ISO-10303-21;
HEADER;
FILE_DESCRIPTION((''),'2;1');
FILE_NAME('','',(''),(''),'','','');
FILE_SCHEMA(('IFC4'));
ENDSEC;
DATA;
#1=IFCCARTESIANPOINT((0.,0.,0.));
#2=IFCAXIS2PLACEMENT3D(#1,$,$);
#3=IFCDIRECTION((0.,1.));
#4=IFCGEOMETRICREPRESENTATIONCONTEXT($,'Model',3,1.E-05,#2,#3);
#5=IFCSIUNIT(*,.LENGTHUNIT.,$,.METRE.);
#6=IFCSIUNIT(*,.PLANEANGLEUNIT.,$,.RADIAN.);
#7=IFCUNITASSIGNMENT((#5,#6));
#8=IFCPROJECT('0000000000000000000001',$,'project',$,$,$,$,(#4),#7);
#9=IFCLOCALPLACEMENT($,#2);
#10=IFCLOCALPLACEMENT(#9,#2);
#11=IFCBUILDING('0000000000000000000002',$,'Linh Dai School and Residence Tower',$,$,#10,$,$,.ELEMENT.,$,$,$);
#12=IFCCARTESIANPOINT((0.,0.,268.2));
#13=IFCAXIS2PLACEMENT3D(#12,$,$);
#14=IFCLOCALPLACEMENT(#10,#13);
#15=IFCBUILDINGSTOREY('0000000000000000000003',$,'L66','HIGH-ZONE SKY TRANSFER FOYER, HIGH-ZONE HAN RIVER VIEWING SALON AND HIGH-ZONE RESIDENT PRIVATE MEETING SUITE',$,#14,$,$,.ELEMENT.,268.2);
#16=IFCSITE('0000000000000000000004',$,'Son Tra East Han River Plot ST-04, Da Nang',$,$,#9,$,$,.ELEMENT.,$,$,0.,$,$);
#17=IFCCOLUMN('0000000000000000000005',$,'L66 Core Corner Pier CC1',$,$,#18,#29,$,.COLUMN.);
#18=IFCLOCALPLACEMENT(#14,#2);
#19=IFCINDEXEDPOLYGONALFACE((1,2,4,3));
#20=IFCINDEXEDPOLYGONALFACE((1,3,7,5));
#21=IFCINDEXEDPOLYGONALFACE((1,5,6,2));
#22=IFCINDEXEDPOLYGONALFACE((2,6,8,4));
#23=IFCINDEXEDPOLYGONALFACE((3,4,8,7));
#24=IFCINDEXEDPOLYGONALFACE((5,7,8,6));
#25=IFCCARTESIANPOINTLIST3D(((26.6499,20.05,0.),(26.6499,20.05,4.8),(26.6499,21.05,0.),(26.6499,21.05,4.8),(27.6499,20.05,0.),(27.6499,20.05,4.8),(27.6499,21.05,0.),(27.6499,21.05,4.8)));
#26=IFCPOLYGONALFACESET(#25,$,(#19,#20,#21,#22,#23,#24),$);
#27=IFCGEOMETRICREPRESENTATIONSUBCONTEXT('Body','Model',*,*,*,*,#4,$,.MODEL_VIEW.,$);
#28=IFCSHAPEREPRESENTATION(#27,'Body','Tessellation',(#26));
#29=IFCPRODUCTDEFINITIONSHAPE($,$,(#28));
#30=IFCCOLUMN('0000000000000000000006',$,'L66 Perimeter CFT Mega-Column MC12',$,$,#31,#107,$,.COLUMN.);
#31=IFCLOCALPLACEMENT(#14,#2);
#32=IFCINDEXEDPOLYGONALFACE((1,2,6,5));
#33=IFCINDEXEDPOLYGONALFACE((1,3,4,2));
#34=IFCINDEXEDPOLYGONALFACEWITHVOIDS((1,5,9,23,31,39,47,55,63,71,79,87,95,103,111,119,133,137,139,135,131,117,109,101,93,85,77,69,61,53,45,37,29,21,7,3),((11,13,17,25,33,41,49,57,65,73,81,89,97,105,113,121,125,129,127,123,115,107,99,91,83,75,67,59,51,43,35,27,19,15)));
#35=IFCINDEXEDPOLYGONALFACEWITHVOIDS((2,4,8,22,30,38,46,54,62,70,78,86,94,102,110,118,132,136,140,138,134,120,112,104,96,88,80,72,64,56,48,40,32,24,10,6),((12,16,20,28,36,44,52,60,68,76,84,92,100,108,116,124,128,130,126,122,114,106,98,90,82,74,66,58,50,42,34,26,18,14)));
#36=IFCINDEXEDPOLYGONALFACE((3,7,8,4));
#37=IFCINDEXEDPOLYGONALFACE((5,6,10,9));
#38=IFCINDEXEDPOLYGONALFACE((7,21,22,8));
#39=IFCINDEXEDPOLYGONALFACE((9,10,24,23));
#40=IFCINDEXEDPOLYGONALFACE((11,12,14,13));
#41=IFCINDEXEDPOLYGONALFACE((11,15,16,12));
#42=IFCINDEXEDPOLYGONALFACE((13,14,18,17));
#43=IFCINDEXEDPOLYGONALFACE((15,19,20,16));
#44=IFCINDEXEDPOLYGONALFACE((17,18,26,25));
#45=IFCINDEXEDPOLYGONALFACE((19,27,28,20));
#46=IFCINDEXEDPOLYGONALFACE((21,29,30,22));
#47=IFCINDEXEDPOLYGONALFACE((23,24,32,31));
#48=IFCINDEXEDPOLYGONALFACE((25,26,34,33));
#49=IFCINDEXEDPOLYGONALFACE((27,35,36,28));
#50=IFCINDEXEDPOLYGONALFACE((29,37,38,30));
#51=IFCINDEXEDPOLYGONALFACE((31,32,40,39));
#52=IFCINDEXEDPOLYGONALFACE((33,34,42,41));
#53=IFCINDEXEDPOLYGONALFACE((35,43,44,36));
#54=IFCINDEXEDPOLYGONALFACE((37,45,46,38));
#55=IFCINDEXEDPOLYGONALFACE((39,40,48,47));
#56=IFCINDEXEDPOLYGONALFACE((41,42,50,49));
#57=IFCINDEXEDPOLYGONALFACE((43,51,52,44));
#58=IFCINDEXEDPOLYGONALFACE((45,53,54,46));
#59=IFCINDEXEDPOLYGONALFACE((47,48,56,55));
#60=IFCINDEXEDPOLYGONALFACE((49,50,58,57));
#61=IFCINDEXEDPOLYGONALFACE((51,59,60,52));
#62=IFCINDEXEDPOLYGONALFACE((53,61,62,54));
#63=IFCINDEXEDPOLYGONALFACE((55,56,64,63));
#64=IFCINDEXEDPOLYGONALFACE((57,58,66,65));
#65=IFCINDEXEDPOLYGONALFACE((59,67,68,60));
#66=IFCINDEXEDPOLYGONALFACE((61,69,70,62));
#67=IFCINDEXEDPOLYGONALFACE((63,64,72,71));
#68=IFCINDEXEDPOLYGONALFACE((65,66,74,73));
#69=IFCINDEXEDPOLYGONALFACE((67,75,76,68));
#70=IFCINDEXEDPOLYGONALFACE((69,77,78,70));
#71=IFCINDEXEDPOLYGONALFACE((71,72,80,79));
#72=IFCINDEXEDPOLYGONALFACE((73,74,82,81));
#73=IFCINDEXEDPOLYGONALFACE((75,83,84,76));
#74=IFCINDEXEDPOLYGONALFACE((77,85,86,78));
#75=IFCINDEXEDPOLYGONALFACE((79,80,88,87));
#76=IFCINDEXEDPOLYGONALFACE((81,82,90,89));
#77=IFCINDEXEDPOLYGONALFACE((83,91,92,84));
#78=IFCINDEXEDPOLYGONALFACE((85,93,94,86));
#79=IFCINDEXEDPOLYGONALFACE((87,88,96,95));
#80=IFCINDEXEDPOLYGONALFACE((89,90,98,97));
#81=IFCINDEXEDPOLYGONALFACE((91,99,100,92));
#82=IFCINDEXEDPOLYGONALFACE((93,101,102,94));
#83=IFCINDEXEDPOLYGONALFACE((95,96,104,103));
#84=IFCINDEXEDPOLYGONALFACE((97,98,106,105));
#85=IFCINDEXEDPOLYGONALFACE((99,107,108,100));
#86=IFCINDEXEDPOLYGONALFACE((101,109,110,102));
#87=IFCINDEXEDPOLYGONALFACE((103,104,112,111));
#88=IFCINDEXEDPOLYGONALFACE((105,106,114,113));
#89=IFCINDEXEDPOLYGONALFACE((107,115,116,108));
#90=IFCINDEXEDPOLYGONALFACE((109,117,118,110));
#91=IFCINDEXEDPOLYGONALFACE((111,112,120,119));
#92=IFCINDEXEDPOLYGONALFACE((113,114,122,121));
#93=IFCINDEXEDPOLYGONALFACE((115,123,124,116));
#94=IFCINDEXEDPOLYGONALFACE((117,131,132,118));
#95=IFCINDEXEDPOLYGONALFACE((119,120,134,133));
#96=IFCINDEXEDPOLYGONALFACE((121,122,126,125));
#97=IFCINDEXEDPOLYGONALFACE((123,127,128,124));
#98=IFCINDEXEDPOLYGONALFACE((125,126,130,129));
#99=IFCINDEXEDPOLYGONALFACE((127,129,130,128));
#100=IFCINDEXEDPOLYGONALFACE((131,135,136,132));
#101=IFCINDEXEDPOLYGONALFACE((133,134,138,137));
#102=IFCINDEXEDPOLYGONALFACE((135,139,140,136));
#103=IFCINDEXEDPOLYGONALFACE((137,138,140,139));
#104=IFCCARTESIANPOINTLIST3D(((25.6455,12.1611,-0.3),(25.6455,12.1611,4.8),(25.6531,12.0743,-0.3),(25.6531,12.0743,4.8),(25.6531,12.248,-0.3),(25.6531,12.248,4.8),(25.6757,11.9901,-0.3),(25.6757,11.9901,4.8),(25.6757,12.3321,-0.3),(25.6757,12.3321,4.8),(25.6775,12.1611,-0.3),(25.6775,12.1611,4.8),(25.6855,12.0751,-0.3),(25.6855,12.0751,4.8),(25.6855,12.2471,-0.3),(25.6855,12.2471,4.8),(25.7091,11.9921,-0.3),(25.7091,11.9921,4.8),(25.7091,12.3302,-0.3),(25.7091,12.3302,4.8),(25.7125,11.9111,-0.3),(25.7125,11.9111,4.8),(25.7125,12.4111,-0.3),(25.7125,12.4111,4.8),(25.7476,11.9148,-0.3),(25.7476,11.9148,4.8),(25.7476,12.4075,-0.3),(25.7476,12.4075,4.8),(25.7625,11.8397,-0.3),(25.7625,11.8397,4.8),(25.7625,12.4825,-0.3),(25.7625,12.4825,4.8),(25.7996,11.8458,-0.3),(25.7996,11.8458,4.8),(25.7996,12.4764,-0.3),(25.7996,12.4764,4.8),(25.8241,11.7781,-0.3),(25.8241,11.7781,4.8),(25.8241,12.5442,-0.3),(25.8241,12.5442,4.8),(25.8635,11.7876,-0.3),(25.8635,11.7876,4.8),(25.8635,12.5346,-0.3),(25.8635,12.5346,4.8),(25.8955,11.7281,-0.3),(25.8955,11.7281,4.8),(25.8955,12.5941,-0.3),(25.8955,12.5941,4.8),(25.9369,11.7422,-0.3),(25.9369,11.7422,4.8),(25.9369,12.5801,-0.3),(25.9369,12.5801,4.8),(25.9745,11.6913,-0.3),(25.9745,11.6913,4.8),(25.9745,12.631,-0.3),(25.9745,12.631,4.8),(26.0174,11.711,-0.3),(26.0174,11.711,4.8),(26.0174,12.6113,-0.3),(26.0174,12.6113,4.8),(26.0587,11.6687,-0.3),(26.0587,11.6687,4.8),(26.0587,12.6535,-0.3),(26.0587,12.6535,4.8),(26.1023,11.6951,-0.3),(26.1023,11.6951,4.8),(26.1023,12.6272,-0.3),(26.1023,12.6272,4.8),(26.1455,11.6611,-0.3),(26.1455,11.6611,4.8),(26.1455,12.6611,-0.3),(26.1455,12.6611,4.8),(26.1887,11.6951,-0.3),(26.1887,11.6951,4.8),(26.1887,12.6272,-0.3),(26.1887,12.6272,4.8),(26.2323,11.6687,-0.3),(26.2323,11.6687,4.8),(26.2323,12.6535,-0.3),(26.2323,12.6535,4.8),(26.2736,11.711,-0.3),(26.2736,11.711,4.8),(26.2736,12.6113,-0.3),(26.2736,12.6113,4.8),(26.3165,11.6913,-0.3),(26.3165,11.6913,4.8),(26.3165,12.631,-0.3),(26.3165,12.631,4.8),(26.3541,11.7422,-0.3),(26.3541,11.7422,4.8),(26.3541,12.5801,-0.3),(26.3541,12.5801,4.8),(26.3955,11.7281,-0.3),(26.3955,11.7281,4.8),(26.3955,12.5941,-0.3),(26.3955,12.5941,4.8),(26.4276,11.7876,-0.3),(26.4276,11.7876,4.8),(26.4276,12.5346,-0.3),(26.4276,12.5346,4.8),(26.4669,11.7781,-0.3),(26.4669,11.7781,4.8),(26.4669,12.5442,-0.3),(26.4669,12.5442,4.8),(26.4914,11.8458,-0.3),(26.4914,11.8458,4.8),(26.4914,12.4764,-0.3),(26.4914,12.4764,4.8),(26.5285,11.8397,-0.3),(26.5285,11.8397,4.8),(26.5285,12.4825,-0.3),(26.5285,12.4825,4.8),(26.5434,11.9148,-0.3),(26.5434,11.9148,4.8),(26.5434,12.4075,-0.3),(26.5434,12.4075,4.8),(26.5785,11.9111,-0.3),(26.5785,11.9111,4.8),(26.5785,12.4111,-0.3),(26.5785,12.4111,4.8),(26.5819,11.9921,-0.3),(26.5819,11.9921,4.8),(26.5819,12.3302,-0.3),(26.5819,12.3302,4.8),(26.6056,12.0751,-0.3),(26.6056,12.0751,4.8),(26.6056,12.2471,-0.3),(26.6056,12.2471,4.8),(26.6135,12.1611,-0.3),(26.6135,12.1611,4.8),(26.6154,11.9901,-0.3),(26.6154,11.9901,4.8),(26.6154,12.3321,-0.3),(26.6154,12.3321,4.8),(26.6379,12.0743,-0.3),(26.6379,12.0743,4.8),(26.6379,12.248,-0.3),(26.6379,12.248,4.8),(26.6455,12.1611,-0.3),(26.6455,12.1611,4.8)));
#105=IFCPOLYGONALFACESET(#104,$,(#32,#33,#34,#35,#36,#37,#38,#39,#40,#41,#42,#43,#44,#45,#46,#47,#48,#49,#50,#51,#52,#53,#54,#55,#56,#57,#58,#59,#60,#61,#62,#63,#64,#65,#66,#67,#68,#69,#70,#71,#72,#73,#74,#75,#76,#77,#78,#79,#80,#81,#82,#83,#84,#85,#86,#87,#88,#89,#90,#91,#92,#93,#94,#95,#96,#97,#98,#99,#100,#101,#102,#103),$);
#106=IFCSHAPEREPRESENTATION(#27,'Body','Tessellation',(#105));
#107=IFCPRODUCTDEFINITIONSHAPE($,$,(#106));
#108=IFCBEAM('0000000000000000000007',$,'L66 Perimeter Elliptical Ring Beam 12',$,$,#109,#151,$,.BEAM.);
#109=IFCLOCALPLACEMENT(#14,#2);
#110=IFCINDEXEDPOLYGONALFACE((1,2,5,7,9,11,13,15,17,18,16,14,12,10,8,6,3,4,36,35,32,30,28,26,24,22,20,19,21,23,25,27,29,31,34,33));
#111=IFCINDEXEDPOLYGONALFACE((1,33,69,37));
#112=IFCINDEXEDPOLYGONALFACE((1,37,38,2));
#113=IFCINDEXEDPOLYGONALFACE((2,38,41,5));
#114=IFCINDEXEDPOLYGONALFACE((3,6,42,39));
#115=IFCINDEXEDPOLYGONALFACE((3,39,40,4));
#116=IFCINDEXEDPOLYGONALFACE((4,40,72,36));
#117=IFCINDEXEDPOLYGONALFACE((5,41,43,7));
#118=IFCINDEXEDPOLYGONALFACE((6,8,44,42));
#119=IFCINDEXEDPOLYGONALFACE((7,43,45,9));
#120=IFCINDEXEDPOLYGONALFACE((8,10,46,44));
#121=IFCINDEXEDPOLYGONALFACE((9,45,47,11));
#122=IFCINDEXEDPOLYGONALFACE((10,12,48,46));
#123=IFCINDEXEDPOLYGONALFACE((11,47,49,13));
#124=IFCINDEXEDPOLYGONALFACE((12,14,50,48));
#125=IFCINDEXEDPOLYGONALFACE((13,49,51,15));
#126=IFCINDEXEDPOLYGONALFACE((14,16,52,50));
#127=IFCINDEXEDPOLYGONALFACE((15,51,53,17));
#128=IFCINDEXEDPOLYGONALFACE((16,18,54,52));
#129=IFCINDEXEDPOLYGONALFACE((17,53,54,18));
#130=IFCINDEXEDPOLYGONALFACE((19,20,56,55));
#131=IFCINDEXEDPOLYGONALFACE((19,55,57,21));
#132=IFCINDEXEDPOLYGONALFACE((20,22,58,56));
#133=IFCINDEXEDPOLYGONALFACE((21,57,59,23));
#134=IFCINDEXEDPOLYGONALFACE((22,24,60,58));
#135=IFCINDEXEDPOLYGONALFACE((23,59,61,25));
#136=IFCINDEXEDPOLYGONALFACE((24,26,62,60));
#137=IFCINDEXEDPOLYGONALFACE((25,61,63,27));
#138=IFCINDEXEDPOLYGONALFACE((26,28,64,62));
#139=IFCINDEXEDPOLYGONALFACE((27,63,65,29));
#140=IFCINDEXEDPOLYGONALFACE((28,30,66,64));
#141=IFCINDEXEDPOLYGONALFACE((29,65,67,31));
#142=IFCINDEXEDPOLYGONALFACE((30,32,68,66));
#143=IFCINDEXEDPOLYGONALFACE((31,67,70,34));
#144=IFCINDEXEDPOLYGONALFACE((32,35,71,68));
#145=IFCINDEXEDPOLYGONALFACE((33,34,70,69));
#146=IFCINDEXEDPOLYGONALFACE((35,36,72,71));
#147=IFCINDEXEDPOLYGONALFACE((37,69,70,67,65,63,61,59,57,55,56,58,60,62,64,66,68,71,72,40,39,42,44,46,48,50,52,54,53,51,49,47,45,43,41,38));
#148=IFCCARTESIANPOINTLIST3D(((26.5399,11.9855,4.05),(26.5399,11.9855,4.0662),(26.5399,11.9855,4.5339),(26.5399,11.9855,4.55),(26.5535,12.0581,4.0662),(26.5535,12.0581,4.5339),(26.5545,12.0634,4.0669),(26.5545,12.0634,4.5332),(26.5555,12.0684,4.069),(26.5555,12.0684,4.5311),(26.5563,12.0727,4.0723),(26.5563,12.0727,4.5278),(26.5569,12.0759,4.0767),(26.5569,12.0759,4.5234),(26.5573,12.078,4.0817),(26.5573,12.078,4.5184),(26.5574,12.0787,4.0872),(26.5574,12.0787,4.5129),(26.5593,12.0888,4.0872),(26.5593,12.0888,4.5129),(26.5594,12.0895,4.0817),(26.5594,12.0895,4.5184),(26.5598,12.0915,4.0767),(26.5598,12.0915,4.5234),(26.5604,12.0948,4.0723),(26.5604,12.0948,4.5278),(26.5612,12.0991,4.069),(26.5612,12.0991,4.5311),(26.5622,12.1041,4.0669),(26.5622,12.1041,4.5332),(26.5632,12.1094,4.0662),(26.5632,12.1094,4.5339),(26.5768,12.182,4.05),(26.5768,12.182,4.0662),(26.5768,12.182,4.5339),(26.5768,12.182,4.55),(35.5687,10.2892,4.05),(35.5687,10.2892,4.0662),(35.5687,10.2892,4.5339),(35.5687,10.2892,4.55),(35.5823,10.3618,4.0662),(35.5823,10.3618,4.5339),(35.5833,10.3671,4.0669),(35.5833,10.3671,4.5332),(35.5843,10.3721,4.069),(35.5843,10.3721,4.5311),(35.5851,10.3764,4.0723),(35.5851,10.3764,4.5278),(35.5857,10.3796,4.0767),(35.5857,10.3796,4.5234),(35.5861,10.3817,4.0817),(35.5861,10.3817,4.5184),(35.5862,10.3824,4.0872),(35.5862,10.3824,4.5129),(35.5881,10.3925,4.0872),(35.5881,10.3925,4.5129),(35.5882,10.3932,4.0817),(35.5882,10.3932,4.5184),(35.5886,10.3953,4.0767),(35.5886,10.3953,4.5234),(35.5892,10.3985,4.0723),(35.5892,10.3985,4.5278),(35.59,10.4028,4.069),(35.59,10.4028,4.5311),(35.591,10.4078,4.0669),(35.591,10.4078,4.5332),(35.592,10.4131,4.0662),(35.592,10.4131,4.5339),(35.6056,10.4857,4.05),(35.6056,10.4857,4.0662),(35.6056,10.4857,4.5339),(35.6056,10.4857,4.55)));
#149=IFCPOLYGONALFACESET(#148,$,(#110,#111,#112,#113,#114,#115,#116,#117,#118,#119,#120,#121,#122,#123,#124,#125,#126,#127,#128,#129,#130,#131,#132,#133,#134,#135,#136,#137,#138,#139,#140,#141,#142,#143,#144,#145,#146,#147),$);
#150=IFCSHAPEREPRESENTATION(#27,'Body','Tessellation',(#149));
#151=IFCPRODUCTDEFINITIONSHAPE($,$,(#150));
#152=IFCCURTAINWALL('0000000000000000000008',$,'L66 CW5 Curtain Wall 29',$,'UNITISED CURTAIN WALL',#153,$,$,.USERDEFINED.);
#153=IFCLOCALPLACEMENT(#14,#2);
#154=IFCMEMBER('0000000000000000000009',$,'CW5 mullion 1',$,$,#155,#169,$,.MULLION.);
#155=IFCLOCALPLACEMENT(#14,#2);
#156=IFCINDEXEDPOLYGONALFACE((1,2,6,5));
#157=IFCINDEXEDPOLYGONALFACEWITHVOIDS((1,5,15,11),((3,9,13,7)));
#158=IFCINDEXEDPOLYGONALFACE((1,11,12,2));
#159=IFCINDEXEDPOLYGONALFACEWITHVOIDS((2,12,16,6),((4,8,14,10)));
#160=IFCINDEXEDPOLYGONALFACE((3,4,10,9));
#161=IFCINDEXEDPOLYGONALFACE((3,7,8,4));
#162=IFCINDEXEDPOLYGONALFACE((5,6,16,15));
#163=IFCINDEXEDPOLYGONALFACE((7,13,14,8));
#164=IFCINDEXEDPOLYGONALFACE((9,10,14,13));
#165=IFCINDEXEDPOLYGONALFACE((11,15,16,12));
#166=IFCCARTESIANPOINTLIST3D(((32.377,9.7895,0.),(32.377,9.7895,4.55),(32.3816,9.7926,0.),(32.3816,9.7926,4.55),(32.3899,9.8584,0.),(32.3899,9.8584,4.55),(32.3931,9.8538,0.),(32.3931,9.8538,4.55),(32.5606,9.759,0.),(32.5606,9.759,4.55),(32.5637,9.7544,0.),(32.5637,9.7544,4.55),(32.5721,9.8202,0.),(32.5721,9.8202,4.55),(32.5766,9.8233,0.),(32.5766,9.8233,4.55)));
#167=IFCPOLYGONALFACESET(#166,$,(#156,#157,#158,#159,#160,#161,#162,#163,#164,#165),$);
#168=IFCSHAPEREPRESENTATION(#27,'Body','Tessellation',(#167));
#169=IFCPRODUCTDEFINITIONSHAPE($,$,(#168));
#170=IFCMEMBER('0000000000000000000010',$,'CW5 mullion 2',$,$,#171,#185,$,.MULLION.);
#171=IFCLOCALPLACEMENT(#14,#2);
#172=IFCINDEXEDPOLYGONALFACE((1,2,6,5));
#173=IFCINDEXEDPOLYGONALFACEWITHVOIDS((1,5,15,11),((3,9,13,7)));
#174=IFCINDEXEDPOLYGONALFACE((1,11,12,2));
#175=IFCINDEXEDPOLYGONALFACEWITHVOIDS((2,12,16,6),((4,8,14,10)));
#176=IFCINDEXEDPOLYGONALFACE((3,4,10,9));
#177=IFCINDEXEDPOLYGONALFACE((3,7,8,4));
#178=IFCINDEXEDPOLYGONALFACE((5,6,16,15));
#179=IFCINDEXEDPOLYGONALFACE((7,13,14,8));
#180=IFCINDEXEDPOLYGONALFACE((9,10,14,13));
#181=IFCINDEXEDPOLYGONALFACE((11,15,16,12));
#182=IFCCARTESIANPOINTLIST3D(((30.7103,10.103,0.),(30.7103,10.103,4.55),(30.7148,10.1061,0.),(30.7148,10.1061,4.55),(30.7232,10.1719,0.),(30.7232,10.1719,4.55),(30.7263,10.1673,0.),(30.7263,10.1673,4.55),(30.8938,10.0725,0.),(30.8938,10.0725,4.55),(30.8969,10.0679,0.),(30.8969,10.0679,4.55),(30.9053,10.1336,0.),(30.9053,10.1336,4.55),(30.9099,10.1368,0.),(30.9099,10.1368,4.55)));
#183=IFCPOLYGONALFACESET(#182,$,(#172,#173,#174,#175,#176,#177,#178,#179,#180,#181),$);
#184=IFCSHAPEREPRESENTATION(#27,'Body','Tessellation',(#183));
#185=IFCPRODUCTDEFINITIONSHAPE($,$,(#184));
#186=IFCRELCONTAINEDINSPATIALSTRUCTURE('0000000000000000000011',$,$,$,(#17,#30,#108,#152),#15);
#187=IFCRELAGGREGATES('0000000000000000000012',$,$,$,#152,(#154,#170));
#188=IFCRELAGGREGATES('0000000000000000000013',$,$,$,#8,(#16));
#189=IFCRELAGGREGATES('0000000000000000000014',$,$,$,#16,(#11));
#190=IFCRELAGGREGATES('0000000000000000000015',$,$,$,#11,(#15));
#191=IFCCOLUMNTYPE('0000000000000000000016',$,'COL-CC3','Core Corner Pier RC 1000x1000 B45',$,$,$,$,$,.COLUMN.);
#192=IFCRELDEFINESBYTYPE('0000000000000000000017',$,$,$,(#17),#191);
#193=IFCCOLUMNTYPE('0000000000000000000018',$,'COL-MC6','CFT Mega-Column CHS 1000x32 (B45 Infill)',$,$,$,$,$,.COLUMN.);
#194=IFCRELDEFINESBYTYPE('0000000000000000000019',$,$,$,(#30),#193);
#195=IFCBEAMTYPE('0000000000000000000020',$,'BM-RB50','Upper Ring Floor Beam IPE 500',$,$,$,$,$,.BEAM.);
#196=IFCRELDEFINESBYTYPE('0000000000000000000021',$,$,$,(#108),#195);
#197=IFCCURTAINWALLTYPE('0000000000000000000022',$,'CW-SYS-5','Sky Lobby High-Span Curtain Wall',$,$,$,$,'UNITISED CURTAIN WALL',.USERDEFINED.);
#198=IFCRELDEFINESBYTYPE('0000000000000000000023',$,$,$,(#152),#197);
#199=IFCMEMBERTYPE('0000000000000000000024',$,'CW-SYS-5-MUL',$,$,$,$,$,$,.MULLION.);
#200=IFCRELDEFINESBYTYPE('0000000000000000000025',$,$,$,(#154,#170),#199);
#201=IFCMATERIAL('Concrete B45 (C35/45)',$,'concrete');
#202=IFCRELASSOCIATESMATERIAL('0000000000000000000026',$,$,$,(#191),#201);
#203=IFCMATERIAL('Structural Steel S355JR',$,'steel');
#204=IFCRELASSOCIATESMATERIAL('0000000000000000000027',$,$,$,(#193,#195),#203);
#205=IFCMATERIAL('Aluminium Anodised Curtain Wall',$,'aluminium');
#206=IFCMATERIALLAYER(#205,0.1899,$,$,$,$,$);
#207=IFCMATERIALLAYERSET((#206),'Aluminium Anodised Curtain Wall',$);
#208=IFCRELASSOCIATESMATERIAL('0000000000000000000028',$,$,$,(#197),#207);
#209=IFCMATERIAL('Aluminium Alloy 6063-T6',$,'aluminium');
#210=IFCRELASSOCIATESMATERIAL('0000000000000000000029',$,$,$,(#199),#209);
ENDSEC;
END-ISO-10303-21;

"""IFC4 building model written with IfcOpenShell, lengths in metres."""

from ifc_helpers import new_model, si_unit, direction, frame, origin, origin_2d, place, context, subcontext, project, spatial, rectangle, hollow_rectangle, hollow_circle, i_section, extrude, source, transform, mapped, material, layer, layer_set, material_profile, profile_set, type_object, element, aggregate, save


model = new_model("IFC4")

# Units and contexts
model_context = context("Model", 3, precision=1e-05, world=origin(), true_north=direction((0.0, 1.0)))
body_context = subcontext(model_context, "Body", "Model", "MODEL_VIEW")
ifc_project = project(units=[si_unit("LENGTHUNIT", "METRE"), si_unit("PLANEANGLEUNIT", "RADIAN")], contexts=[model_context])

# Site, building, storey
site_placement = place(None, origin())
site = spatial("IfcSite", under=ifc_project, at=site_placement, Name="Son Tra East Han River Plot ST-04, Da Nang", CompositionType="ELEMENT", RefElevation=0.0)
building_placement = place(site_placement, origin())
building = spatial("IfcBuilding", under=site, at=building_placement, Name="Linh Dai School and Residence Tower", CompositionType="ELEMENT")
storey_placement = place(building_placement, frame((0.0, 0.0, 268.2)))
storey = spatial("IfcBuildingStorey", under=building, at=storey_placement, Name="L66", Description="HIGH-ZONE SKY TRANSFER FOYER, HIGH-ZONE HAN RIVER VIEWING SALON AND HIGH-ZONE RESIDENT PRIVATE MEETING SUITE", CompositionType="ELEMENT", Elevation=268.2)

# Columns
ifc_material_1 = material(Name="Concrete B45 (C35/45)", Category="concrete")
ifc_material_profile_1 = material_profile(ifc_material_1, rectangle(XDim=1.0, YDim=1.0, at=origin_2d()), Name="RC 1000x1000")
ifc_profile_set_1 = profile_set([ifc_material_profile_1], Name="Concrete B45 (C35/45)")
column_type_1 = type_object("IfcColumnType", Name="COL-CC3", Description="Core Corner Pier RC 1000x1000 B45", PredefinedType="COLUMN", material=ifc_profile_set_1)
column_1_placement = place(storey_placement, frame((27.1499, 20.55, 0.0), z_axis=(0.0, 0.0, 1.0), x_axis=(1.0, 0.0, 0.0)))
element("IfcColumn", 1, at=column_1_placement, inside=storey, type_object=column_type_1, Name="L66 Core Corner Pier CC1", PredefinedType="COLUMN", context=body_context, shape_type="SweptSolid", body=[
    extrude(rectangle(XDim=1.0, YDim=1.0, at=origin_2d()), origin(), (0.0, 0.0, 1.0), 4.8),
])
ifc_material_2 = material(Name="Structural Steel S355JR", Category="steel")
ifc_material_profile_2 = material_profile(ifc_material_2, hollow_circle(Radius=0.5, WallThickness=0.032, at=origin_2d()), Name="CHS 1000x32")
ifc_profile_set_2 = profile_set([ifc_material_profile_2], Name="Structural Steel S355JR")
column_type_2 = type_object("IfcColumnType", Name="COL-MC6", Description="CFT Mega-Column CHS 1000x32 (B45 Infill)", PredefinedType="COLUMN", material=ifc_profile_set_2)
column_2_placement = place(storey_placement, frame((26.1455, 12.1611, -0.3), z_axis=(0.0, 0.0, 1.0), x_axis=(1.0, 0.0, 0.0)))
element("IfcColumn", 2, at=column_2_placement, inside=storey, type_object=column_type_2, Name="L66 Perimeter CFT Mega-Column MC12", PredefinedType="COLUMN", context=body_context, shape_type="SweptSolid", body=[
    extrude(hollow_circle(Radius=0.5, WallThickness=0.032, at=origin_2d()), origin(), (0.0, 0.0, 1.0), 5.1001),
])

# Beam
ifc_material_profile_3 = material_profile(ifc_material_2, i_section(OverallWidth=0.2, OverallDepth=0.5, WebThickness=0.0103, FlangeThickness=0.0161, FilletRadius=0.021, at=origin_2d()), Name="IPE 500")
ifc_profile_set_3 = profile_set([ifc_material_profile_3], Name="Structural Steel S355JR")
beam_type = type_object("IfcBeamType", Name="BM-RB50", Description="Upper Ring Floor Beam IPE 500", PredefinedType="BEAM", material=ifc_profile_set_3)
beam_placement = place(storey_placement, frame((26.5583, 12.0837, 4.3), z_axis=(0.982805, -0.184645, 0.0), x_axis=(0.184645, 0.982805, 0.0)))
element("IfcBeam", 3, at=beam_placement, inside=storey, type_object=beam_type, Name="L66 Perimeter Elliptical Ring Beam 12", PredefinedType="BEAM", context=body_context, shape_type="SweptSolid", body=[
    extrude(i_section(OverallWidth=0.2, OverallDepth=0.5, WebThickness=0.0103, FlangeThickness=0.0161, FilletRadius=0.021, at=origin_2d()), origin(), (0.0, 0.0, 1.0), 9.1868),
])

# Curtain wall, members
ifc_material_3 = material(Name="Aluminium Anodised Curtain Wall", Category="aluminium")
ifc_layer_1 = layer(ifc_material_3, 0.1899)
ifc_layer_set_1 = layer_set([ifc_layer_1], Name="Aluminium Anodised Curtain Wall")
curtain_wall_type = type_object("IfcCurtainWallType", Name="CW-SYS-5", Description="Sky Lobby High-Span Curtain Wall", ElementType="UNITISED CURTAIN WALL", PredefinedType="USERDEFINED", material=ifc_layer_set_1)
curtain_wall_placement = place(storey_placement, origin())
curtain_wall = element("IfcCurtainWall", 4, at=curtain_wall_placement, inside=storey, type_object=curtain_wall_type, Name="L66 CW5 Curtain Wall 29", ObjectType="UNITISED CURTAIN WALL", PredefinedType="USERDEFINED")
ifc_material_4 = material(Name="Aluminium Alloy 6063-T6", Category="aluminium")
ifc_material_profile_4 = material_profile(ifc_material_4, hollow_rectangle(XDim=0.0701, YDim=0.1899, WallThickness=0.0039, at=origin_2d()), Name="RHS 190x70x4")
ifc_profile_set_4 = profile_set([ifc_material_profile_4], Name="Aluminium Alloy 6063-T6")
member_type_1 = type_object("IfcMemberType", Name="CW-SYS-5-MUL", PredefinedType="MULLION", material=ifc_profile_set_4)
shared_shape_1 = source(origin(), body_context, "Body", "SweptSolid", [
    extrude(hollow_rectangle(XDim=0.0701, YDim=0.1899, WallThickness=0.0039, at=origin_2d()), origin(), (0.0, 0.0, 1.0), 4.55),
])
member_1_placement = place(storey_placement, frame((32.4768, 9.8064, 0.0), z_axis=(0.0, 0.0, 1.0), x_axis=(-0.184751, -0.982785, 0.0)))
member_1 = element("IfcMember", 5, at=member_1_placement, type_object=member_type_1, Name="CW5 mullion 1", PredefinedType="MULLION", context=body_context, shape_type="MappedRepresentation", body=[
    mapped(shared_shape_1, transform((0.0, 0.0, 0.0), x_axis=(1.0, 0.0, 0.0), y_axis=(0.0, 1.0, 0.0), z_axis=(0.0, 0.0, 1.0), scale=1.0)),
])
member_2_placement = place(storey_placement, frame((30.8101, 10.1199, 0.0), z_axis=(0.0, 0.0, 1.0), x_axis=(-0.184751, -0.982785, 0.0)))
member_2 = element("IfcMember", 6, at=member_2_placement, type_object=member_type_1, Name="CW5 mullion 2", PredefinedType="MULLION", context=body_context, shape_type="MappedRepresentation", body=[
    mapped(shared_shape_1, transform((0.0, 0.0, 0.0), x_axis=(1.0, 0.0, 0.0), y_axis=(0.0, 1.0, 0.0), z_axis=(0.0, 0.0, 1.0), scale=1.0)),
])

aggregate(curtain_wall, [member_1, member_2])

save(model, "model.ifc")
